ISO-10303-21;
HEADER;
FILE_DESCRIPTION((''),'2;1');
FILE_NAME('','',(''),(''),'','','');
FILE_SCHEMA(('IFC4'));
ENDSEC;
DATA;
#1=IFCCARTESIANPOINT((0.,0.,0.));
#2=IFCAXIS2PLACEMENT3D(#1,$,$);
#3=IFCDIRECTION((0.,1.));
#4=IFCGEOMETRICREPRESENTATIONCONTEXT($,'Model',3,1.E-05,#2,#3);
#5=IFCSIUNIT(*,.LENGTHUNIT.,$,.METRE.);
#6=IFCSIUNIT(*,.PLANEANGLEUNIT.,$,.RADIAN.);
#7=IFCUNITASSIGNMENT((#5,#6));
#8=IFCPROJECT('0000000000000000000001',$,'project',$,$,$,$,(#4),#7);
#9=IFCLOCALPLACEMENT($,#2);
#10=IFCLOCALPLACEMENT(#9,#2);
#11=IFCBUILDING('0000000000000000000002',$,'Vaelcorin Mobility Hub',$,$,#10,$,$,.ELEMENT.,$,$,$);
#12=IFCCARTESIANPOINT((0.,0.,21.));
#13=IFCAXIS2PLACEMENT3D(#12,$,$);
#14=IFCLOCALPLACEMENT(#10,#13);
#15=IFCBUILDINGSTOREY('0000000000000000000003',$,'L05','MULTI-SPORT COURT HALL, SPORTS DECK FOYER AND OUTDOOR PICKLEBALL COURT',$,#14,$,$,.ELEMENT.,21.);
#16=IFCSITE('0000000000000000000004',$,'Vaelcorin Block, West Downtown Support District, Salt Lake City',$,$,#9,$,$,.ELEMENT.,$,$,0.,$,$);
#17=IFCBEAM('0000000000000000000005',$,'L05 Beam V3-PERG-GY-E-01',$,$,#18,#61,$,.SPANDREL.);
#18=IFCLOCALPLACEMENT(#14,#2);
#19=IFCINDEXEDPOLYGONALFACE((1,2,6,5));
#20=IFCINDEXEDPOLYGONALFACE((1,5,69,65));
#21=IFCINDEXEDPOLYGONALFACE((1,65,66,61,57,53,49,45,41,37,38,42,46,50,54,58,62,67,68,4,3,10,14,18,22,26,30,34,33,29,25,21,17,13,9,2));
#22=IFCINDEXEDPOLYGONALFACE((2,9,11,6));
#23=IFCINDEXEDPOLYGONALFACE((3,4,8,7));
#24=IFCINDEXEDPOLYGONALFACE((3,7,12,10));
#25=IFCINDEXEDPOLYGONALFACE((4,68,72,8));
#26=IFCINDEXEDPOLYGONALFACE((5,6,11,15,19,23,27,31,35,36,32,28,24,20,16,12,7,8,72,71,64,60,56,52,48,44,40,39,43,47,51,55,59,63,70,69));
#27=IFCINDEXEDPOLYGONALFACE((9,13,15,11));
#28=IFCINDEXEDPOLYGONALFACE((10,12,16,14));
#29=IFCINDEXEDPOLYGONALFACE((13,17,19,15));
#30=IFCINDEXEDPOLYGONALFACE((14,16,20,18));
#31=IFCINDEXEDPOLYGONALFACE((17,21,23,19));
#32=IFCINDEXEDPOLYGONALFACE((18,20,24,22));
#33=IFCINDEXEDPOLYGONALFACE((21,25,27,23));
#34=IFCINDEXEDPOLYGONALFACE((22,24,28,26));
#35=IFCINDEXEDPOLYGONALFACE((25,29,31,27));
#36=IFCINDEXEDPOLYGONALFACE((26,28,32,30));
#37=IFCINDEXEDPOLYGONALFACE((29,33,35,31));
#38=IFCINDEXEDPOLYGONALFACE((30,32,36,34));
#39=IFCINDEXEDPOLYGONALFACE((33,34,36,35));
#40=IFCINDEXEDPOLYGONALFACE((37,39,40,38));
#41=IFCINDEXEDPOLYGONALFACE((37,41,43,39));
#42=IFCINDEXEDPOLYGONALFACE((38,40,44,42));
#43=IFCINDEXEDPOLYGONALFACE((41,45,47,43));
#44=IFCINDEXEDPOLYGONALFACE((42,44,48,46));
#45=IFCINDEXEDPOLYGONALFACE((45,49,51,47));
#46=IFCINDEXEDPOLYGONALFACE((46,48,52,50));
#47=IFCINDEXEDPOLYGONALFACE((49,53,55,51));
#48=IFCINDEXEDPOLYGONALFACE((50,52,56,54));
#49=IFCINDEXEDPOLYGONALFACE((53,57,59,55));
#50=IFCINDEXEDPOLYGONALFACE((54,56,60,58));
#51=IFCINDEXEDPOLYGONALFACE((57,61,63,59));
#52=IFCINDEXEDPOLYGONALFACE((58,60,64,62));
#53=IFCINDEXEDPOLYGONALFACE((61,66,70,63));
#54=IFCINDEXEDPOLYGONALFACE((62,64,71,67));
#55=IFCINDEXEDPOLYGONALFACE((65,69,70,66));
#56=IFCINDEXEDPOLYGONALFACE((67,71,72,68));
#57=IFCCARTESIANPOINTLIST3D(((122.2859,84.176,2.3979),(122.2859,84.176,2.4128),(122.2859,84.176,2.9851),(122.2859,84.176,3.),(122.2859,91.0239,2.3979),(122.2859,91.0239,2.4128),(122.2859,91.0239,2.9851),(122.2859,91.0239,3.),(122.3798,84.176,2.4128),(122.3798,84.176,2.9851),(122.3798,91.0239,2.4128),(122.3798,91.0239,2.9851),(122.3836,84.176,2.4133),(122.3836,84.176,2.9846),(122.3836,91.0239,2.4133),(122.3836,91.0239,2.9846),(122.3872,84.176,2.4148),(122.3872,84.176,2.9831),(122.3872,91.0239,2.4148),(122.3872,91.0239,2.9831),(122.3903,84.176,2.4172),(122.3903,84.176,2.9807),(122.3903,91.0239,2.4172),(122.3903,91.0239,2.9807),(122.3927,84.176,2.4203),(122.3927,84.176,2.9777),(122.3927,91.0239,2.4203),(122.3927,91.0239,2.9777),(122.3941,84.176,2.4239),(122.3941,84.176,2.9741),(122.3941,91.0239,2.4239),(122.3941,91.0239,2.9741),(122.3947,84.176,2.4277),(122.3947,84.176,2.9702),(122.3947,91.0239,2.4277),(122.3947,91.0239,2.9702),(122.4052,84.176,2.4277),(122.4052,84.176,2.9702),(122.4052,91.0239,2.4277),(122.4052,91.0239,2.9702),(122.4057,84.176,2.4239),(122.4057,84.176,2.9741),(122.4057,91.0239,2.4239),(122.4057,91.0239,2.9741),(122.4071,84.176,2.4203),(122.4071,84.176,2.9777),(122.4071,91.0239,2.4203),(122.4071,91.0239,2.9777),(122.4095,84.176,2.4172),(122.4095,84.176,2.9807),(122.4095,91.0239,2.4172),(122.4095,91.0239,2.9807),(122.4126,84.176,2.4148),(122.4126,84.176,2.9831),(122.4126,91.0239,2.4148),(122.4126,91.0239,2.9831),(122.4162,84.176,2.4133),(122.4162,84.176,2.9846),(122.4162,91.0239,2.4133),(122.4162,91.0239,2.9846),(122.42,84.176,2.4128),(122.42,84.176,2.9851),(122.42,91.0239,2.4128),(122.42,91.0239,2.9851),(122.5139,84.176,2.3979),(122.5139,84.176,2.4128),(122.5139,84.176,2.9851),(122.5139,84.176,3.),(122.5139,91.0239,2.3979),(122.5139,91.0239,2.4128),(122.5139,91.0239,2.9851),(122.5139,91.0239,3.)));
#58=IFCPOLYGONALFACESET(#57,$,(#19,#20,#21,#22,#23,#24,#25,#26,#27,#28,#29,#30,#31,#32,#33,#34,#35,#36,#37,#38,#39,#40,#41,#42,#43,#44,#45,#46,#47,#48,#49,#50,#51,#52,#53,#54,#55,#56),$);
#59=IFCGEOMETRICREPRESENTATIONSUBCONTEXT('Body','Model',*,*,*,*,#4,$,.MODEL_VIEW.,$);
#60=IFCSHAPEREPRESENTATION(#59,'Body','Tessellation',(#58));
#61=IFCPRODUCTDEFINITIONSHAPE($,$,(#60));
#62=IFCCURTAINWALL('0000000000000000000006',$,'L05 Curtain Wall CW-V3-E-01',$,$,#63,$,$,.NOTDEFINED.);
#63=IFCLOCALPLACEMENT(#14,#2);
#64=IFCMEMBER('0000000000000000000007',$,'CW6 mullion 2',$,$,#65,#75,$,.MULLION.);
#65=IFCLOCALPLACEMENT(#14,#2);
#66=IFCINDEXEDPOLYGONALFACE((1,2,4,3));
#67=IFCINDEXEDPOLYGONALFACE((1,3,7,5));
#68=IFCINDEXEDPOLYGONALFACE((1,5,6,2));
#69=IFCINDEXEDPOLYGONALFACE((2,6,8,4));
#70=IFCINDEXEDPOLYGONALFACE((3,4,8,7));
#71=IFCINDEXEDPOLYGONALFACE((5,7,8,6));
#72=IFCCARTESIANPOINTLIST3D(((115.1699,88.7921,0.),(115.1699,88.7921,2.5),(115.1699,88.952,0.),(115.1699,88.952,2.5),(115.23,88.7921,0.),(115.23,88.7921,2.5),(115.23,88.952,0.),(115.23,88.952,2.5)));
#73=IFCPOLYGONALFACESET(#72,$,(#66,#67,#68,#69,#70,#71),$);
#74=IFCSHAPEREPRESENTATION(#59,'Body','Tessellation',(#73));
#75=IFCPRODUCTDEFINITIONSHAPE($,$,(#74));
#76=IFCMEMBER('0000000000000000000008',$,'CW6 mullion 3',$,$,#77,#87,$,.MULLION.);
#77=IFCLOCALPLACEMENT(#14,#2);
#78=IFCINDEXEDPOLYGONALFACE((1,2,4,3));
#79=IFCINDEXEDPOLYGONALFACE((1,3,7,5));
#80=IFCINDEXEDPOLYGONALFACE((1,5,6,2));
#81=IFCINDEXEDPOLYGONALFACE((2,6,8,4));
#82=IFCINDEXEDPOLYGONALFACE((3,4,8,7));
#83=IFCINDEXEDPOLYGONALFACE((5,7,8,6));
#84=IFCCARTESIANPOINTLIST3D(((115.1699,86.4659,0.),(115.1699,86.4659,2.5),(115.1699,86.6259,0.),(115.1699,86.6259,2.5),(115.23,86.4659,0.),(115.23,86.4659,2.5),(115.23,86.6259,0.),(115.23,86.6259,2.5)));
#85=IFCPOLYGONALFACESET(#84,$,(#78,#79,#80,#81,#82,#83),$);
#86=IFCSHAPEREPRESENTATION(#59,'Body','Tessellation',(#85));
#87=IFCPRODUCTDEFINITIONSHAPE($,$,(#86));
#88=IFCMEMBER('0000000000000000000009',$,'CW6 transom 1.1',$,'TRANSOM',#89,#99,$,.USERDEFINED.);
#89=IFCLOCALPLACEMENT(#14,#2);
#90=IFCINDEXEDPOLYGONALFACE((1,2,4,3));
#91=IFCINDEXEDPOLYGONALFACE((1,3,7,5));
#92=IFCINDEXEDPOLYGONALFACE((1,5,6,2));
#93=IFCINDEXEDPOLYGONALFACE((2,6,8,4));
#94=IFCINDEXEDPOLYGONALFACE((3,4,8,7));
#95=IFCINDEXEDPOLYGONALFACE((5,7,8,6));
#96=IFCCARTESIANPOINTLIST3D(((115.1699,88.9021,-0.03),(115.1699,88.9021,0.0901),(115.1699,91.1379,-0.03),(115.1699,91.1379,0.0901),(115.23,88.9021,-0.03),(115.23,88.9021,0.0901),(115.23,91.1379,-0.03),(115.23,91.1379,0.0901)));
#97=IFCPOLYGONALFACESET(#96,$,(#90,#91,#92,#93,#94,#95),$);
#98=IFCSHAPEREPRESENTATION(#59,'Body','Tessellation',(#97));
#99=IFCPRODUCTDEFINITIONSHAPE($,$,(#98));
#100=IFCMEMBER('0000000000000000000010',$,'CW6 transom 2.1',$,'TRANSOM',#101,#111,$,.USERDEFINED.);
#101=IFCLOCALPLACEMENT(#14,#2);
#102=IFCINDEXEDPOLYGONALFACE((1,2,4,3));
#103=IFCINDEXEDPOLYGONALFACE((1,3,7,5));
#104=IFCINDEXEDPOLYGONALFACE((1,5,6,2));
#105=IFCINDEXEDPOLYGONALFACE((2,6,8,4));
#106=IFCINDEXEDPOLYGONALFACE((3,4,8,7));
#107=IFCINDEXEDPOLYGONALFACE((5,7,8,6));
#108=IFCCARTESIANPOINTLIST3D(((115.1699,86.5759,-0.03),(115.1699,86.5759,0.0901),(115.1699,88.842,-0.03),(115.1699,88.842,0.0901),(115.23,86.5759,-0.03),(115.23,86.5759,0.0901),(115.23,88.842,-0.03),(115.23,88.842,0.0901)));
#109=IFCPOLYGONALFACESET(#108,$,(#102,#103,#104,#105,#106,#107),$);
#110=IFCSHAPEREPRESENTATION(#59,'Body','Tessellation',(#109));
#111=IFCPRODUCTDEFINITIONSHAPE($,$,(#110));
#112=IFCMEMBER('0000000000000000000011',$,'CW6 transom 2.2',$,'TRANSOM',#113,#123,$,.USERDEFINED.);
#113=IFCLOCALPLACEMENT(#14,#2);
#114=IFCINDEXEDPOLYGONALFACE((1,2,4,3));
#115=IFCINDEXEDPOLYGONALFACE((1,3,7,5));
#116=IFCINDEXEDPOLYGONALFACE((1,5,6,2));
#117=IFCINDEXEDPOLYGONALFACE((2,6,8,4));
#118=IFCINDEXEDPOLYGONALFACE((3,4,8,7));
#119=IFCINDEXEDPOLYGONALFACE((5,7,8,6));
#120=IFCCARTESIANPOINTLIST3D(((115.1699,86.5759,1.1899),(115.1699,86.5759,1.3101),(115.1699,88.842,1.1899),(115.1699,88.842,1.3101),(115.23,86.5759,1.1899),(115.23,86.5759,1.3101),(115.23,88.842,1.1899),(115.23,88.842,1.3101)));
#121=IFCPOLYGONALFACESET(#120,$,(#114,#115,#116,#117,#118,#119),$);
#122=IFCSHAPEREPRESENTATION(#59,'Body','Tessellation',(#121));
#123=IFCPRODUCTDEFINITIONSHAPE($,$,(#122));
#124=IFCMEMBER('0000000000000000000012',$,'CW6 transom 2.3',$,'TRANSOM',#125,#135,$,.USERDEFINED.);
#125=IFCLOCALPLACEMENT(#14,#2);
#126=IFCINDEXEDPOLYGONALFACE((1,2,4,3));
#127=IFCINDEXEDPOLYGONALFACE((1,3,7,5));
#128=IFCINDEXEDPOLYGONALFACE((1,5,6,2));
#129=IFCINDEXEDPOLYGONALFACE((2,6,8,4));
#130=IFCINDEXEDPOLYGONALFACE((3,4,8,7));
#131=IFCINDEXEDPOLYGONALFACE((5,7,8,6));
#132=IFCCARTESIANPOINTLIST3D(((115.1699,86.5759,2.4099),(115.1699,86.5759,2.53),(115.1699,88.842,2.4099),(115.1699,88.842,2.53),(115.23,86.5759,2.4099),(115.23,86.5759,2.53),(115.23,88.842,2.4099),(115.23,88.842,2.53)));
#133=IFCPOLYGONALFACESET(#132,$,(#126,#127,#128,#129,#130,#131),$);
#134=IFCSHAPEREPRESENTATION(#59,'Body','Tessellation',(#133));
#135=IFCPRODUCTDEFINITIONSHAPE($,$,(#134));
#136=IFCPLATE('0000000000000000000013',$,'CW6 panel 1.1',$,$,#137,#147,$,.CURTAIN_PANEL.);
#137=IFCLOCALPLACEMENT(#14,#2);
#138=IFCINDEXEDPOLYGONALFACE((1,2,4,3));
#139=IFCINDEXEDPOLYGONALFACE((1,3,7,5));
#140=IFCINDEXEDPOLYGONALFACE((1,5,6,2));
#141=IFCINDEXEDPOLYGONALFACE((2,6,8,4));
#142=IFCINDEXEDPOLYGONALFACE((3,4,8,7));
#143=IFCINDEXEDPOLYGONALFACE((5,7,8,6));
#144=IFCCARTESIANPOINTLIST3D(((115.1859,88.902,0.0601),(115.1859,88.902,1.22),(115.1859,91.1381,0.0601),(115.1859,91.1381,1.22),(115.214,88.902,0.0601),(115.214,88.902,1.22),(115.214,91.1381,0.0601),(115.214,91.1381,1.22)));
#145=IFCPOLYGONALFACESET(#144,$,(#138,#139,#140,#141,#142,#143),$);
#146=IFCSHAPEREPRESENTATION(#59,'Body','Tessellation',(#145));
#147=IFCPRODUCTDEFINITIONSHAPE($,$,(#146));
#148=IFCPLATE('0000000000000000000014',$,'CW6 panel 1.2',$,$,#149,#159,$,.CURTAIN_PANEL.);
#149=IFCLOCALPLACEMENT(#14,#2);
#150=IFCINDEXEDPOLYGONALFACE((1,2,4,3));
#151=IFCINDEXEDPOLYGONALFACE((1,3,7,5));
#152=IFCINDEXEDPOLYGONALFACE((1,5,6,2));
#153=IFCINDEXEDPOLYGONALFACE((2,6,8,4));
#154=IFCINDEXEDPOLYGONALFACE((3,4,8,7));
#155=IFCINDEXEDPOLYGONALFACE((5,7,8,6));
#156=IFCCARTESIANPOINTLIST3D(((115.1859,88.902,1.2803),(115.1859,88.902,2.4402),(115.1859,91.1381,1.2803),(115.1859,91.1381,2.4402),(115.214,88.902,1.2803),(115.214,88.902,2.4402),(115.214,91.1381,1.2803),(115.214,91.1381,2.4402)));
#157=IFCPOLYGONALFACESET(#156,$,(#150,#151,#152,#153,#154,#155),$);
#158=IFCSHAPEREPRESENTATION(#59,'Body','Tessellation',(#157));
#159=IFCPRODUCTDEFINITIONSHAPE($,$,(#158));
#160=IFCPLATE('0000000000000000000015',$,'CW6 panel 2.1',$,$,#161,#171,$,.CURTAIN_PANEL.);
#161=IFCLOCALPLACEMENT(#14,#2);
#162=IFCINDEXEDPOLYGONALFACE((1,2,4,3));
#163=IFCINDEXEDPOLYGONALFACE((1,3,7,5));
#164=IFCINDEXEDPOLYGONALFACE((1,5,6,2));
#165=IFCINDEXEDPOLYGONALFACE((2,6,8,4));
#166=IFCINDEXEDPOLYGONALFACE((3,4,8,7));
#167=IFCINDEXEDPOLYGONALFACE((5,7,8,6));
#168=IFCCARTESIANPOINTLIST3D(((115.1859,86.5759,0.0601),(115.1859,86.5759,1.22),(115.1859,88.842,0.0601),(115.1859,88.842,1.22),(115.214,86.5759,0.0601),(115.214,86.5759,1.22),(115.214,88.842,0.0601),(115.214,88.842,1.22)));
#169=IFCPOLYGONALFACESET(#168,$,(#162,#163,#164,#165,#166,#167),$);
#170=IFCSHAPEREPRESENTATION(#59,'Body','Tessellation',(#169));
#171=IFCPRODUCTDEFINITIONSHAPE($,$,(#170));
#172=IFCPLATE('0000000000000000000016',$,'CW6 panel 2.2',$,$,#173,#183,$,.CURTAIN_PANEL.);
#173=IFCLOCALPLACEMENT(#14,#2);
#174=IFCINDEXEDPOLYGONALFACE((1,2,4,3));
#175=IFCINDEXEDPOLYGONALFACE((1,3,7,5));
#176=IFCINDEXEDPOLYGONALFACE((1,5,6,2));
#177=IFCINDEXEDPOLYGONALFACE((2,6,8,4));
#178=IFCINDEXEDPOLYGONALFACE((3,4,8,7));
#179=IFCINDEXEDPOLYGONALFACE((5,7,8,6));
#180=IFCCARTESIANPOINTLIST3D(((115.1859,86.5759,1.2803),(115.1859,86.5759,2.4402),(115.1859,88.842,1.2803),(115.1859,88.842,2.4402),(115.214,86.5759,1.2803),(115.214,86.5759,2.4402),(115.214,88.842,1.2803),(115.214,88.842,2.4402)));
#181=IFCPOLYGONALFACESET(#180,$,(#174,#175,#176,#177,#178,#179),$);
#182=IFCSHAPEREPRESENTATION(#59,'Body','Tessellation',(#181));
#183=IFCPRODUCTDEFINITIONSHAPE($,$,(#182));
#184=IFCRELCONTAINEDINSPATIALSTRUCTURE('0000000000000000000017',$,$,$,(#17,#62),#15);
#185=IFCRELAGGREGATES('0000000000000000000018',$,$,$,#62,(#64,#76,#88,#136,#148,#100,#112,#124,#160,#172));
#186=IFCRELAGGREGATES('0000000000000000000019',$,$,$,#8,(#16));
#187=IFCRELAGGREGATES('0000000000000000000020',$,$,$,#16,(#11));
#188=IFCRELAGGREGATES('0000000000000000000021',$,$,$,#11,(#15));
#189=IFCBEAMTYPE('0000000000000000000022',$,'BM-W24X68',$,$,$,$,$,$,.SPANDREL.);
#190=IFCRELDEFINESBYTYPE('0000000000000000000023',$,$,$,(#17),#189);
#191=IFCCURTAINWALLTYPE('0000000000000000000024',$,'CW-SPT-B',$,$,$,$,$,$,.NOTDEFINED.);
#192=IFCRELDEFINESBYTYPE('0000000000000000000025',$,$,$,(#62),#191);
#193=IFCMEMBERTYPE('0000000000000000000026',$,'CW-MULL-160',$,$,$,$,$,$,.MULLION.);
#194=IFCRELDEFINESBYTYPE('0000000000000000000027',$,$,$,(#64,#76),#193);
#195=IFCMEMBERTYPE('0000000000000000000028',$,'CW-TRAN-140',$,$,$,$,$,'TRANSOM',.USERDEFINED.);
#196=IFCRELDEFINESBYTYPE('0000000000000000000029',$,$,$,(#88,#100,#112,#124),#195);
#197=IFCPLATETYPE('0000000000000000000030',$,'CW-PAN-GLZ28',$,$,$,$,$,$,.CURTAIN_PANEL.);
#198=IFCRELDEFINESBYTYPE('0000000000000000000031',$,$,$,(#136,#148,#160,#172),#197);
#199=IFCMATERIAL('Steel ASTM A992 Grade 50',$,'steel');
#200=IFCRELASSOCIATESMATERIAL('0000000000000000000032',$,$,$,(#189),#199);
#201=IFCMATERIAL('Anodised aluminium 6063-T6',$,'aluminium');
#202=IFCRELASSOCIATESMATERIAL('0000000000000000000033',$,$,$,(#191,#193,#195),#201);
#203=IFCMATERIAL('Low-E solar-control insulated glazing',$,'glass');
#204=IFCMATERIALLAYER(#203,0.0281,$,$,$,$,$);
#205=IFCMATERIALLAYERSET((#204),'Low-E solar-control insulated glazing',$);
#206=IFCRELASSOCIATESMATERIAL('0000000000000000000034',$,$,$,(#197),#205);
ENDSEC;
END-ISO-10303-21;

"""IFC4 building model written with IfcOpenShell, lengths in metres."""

from ifc_helpers import new_model, si_unit, direction, frame, origin, origin_2d, place, context, subcontext, project, spatial, rectangle, i_section, extrude, material, layer, layer_set, material_profile, profile_set, type_object, element, aggregate, save


model = new_model("IFC4")

# Units and contexts
model_context = context("Model", 3, precision=1e-05, world=origin(), true_north=direction((0.0, 1.0)))
body_context = subcontext(model_context, "Body", "Model", "MODEL_VIEW")
ifc_project = project(units=[si_unit("LENGTHUNIT", "METRE"), si_unit("PLANEANGLEUNIT", "RADIAN")], contexts=[model_context])

# Site, building, storey
site_placement = place(None, origin())
site = spatial("IfcSite", under=ifc_project, at=site_placement, Name="Vaelcorin Block, West Downtown Support District, Salt Lake City", CompositionType="ELEMENT", RefElevation=0.0)
building_placement = place(site_placement, origin())
building = spatial("IfcBuilding", under=site, at=building_placement, Name="Vaelcorin Mobility Hub", CompositionType="ELEMENT")
storey_placement = place(building_placement, frame((0.0, 0.0, 21.0)))
storey = spatial("IfcBuildingStorey", under=building, at=storey_placement, Name="L05", Description="MULTI-SPORT COURT HALL, SPORTS DECK FOYER AND OUTDOOR PICKLEBALL COURT", CompositionType="ELEMENT", Elevation=21.0)

# Shared definitions
ifc_material_1 = material(Name="Steel ASTM A992 Grade 50", Category="steel")

# Beam
ifc_material_profile_1 = material_profile(ifc_material_1, i_section(OverallWidth=0.228, OverallDepth=0.6021, WebThickness=0.0105, FlangeThickness=0.0149, FilletRadius=0.0149, at=origin_2d()), Name="W24X68")
ifc_profile_set_1 = profile_set([ifc_material_profile_1], Name="Steel ASTM A992 Grade 50")
beam_type_1 = type_object("IfcBeamType", Name="BM-W24X68", PredefinedType="SPANDREL", material=ifc_profile_set_1)
beam_1_placement = place(storey_placement, frame((122.3999, 84.176, 2.699), z_axis=(0.0, 1.0, 0.0), x_axis=(-1.0, 0.0, 0.0)))
element("IfcBeam", 1, at=beam_1_placement, inside=storey, type_object=beam_type_1, Name="L05 Beam V3-PERG-GY-E-01", PredefinedType="SPANDREL", context=body_context, shape_type="SweptSolid", body=[
    extrude(i_section(OverallWidth=0.228, OverallDepth=0.6021, WebThickness=0.0105, FlangeThickness=0.0149, FilletRadius=0.0149, at=origin_2d()), origin(), (0.0, 0.0, 1.0), 6.8479),
])

# Curtain wall, members, plates
ifc_material_2 = material(Name="Anodised aluminium 6063-T6", Category="aluminium")
curtain_wall_type = type_object("IfcCurtainWallType", Name="CW-SPT-B", PredefinedType="NOTDEFINED", material=ifc_material_2)
curtain_wall_placement = place(storey_placement, origin())
curtain_wall = element("IfcCurtainWall", 2, at=curtain_wall_placement, inside=storey, type_object=curtain_wall_type, Name="L05 Curtain Wall CW-V3-E-01", PredefinedType="NOTDEFINED")
ifc_material_profile_2 = material_profile(ifc_material_2, rectangle(XDim=0.0601, YDim=0.1599, at=origin_2d()), Name="ALU-M60X160")
ifc_profile_set_2 = profile_set([ifc_material_profile_2], Name="Anodised aluminium 6063-T6")
member_type_1 = type_object("IfcMemberType", Name="CW-MULL-160", PredefinedType="MULLION", material=ifc_profile_set_2)
member_1_placement = place(storey_placement, frame((115.2, 88.8721, 0.0), z_axis=(0.0, 0.0, 1.0), x_axis=(1.0, 0.0, 0.0)))
member_1 = element("IfcMember", 3, at=member_1_placement, type_object=member_type_1, Name="CW6 mullion 2", PredefinedType="MULLION", context=body_context, shape_type="SweptSolid", body=[
    extrude(rectangle(XDim=0.0601, YDim=0.1599, at=origin_2d()), origin(), (0.0, 0.0, 1.0), 2.5),
])
member_2_placement = place(storey_placement, frame((115.2, 86.5459, 0.0), z_axis=(0.0, 0.0, 1.0), x_axis=(1.0, 0.0, 0.0)))
member_2 = element("IfcMember", 4, at=member_2_placement, type_object=member_type_1, Name="CW6 mullion 3", PredefinedType="MULLION", context=body_context, shape_type="SweptSolid", body=[
    extrude(rectangle(XDim=0.0601, YDim=0.1599, at=origin_2d()), origin(), (0.0, 0.0, 1.0), 2.5),
])
ifc_material_profile_3 = material_profile(ifc_material_2, rectangle(XDim=0.0601, YDim=0.1201, at=origin_2d()), Name="ALU-T60X120")
ifc_profile_set_3 = profile_set([ifc_material_profile_3], Name="Anodised aluminium 6063-T6")
member_type_2 = type_object("IfcMemberType", Name="CW-TRAN-140", ElementType="TRANSOM", PredefinedType="USERDEFINED", material=ifc_profile_set_3)
member_3_placement = place(storey_placement, frame((115.2, 91.1379, 0.03), z_axis=(0.0, -1.0, 0.0), x_axis=(1.0, 0.0, 0.0)))
member_3 = element("IfcMember", 5, at=member_3_placement, type_object=member_type_2, Name="CW6 transom 1.1", ObjectType="TRANSOM", PredefinedType="USERDEFINED", context=body_context, shape_type="SweptSolid", body=[
    extrude(rectangle(XDim=0.0601, YDim=0.1201, at=origin_2d()), origin(), (0.0, 0.0, 1.0), 2.2358),
])
member_4_placement = place(storey_placement, frame((115.2, 88.842, 0.03), z_axis=(0.0, -1.0, 0.0), x_axis=(1.0, 0.0, 0.0)))
member_4 = element("IfcMember", 6, at=member_4_placement, type_object=member_type_2, Name="CW6 transom 2.1", ObjectType="TRANSOM", PredefinedType="USERDEFINED", context=body_context, shape_type="SweptSolid", body=[
    extrude(rectangle(XDim=0.0601, YDim=0.1201, at=origin_2d()), origin(), (0.0, 0.0, 1.0), 2.2661),
])
member_5_placement = place(storey_placement, frame((115.2, 88.842, 1.25), z_axis=(0.0, -1.0, 0.0), x_axis=(1.0, 0.0, 0.0)))
member_5 = element("IfcMember", 7, at=member_5_placement, type_object=member_type_2, Name="CW6 transom 2.2", ObjectType="TRANSOM", PredefinedType="USERDEFINED", context=body_context, shape_type="SweptSolid", body=[
    extrude(rectangle(XDim=0.0601, YDim=0.1201, at=origin_2d()), origin(), (0.0, 0.0, 1.0), 2.2661),
])
member_6_placement = place(storey_placement, frame((115.2, 88.842, 2.47), z_axis=(0.0, -1.0, 0.0), x_axis=(1.0, 0.0, 0.0)))
member_6 = element("IfcMember", 8, at=member_6_placement, type_object=member_type_2, Name="CW6 transom 2.3", ObjectType="TRANSOM", PredefinedType="USERDEFINED", context=body_context, shape_type="SweptSolid", body=[
    extrude(rectangle(XDim=0.0601, YDim=0.1201, at=origin_2d()), origin(), (0.0, 0.0, 1.0), 2.2661),
])
ifc_material_3 = material(Name="Low-E solar-control insulated glazing", Category="glass")
ifc_layer_1 = layer(ifc_material_3, 0.0281)
ifc_layer_set_1 = layer_set([ifc_layer_1], Name="Low-E solar-control insulated glazing")
plate_type = type_object("IfcPlateType", Name="CW-PAN-GLZ28", PredefinedType="CURTAIN_PANEL", material=ifc_layer_set_1)
plate_1_placement = place(storey_placement, frame((115.2, 90.02, 0.0601), z_axis=(0.0, 0.0, 1.0), x_axis=(0.0, -1.0, 0.0)))
plate_1 = element("IfcPlate", 9, at=plate_1_placement, type_object=plate_type, Name="CW6 panel 1.1", PredefinedType="CURTAIN_PANEL", context=body_context, shape_type="SweptSolid", body=[
    extrude(rectangle(XDim=2.2361, YDim=0.0281, at=origin_2d()), origin(), (0.0, 0.0, 1.0), 1.1599),
])
plate_2_placement = place(storey_placement, frame((115.2, 90.02, 1.2803), z_axis=(0.0, 0.0, 1.0), x_axis=(0.0, -1.0, 0.0)))
plate_2 = element("IfcPlate", 10, at=plate_2_placement, type_object=plate_type, Name="CW6 panel 1.2", PredefinedType="CURTAIN_PANEL", context=body_context, shape_type="SweptSolid", body=[
    extrude(rectangle(XDim=2.2361, YDim=0.0281, at=origin_2d()), origin(), (0.0, 0.0, 1.0), 1.1599),
])
plate_3_placement = place(storey_placement, frame((115.2, 87.709, 0.0601), z_axis=(0.0, 0.0, 1.0), x_axis=(0.0, -1.0, 0.0)))
plate_3 = element("IfcPlate", 11, at=plate_3_placement, type_object=plate_type, Name="CW6 panel 2.1", PredefinedType="CURTAIN_PANEL", context=body_context, shape_type="SweptSolid", body=[
    extrude(rectangle(XDim=2.2661, YDim=0.0281, at=origin_2d()), origin(), (0.0, 0.0, 1.0), 1.1599),
])
plate_4_placement = place(storey_placement, frame((115.2, 87.709, 1.2803), z_axis=(0.0, 0.0, 1.0), x_axis=(0.0, -1.0, 0.0)))
plate_4 = element("IfcPlate", 12, at=plate_4_placement, type_object=plate_type, Name="CW6 panel 2.2", PredefinedType="CURTAIN_PANEL", context=body_context, shape_type="SweptSolid", body=[
    extrude(rectangle(XDim=2.2661, YDim=0.0281, at=origin_2d()), origin(), (0.0, 0.0, 1.0), 1.1599),
])
aggregate(curtain_wall, [member_1, member_2, member_3, plate_1, plate_2, member_4, member_5, member_6, plate_3, plate_4])

save(model, "model.ifc")
